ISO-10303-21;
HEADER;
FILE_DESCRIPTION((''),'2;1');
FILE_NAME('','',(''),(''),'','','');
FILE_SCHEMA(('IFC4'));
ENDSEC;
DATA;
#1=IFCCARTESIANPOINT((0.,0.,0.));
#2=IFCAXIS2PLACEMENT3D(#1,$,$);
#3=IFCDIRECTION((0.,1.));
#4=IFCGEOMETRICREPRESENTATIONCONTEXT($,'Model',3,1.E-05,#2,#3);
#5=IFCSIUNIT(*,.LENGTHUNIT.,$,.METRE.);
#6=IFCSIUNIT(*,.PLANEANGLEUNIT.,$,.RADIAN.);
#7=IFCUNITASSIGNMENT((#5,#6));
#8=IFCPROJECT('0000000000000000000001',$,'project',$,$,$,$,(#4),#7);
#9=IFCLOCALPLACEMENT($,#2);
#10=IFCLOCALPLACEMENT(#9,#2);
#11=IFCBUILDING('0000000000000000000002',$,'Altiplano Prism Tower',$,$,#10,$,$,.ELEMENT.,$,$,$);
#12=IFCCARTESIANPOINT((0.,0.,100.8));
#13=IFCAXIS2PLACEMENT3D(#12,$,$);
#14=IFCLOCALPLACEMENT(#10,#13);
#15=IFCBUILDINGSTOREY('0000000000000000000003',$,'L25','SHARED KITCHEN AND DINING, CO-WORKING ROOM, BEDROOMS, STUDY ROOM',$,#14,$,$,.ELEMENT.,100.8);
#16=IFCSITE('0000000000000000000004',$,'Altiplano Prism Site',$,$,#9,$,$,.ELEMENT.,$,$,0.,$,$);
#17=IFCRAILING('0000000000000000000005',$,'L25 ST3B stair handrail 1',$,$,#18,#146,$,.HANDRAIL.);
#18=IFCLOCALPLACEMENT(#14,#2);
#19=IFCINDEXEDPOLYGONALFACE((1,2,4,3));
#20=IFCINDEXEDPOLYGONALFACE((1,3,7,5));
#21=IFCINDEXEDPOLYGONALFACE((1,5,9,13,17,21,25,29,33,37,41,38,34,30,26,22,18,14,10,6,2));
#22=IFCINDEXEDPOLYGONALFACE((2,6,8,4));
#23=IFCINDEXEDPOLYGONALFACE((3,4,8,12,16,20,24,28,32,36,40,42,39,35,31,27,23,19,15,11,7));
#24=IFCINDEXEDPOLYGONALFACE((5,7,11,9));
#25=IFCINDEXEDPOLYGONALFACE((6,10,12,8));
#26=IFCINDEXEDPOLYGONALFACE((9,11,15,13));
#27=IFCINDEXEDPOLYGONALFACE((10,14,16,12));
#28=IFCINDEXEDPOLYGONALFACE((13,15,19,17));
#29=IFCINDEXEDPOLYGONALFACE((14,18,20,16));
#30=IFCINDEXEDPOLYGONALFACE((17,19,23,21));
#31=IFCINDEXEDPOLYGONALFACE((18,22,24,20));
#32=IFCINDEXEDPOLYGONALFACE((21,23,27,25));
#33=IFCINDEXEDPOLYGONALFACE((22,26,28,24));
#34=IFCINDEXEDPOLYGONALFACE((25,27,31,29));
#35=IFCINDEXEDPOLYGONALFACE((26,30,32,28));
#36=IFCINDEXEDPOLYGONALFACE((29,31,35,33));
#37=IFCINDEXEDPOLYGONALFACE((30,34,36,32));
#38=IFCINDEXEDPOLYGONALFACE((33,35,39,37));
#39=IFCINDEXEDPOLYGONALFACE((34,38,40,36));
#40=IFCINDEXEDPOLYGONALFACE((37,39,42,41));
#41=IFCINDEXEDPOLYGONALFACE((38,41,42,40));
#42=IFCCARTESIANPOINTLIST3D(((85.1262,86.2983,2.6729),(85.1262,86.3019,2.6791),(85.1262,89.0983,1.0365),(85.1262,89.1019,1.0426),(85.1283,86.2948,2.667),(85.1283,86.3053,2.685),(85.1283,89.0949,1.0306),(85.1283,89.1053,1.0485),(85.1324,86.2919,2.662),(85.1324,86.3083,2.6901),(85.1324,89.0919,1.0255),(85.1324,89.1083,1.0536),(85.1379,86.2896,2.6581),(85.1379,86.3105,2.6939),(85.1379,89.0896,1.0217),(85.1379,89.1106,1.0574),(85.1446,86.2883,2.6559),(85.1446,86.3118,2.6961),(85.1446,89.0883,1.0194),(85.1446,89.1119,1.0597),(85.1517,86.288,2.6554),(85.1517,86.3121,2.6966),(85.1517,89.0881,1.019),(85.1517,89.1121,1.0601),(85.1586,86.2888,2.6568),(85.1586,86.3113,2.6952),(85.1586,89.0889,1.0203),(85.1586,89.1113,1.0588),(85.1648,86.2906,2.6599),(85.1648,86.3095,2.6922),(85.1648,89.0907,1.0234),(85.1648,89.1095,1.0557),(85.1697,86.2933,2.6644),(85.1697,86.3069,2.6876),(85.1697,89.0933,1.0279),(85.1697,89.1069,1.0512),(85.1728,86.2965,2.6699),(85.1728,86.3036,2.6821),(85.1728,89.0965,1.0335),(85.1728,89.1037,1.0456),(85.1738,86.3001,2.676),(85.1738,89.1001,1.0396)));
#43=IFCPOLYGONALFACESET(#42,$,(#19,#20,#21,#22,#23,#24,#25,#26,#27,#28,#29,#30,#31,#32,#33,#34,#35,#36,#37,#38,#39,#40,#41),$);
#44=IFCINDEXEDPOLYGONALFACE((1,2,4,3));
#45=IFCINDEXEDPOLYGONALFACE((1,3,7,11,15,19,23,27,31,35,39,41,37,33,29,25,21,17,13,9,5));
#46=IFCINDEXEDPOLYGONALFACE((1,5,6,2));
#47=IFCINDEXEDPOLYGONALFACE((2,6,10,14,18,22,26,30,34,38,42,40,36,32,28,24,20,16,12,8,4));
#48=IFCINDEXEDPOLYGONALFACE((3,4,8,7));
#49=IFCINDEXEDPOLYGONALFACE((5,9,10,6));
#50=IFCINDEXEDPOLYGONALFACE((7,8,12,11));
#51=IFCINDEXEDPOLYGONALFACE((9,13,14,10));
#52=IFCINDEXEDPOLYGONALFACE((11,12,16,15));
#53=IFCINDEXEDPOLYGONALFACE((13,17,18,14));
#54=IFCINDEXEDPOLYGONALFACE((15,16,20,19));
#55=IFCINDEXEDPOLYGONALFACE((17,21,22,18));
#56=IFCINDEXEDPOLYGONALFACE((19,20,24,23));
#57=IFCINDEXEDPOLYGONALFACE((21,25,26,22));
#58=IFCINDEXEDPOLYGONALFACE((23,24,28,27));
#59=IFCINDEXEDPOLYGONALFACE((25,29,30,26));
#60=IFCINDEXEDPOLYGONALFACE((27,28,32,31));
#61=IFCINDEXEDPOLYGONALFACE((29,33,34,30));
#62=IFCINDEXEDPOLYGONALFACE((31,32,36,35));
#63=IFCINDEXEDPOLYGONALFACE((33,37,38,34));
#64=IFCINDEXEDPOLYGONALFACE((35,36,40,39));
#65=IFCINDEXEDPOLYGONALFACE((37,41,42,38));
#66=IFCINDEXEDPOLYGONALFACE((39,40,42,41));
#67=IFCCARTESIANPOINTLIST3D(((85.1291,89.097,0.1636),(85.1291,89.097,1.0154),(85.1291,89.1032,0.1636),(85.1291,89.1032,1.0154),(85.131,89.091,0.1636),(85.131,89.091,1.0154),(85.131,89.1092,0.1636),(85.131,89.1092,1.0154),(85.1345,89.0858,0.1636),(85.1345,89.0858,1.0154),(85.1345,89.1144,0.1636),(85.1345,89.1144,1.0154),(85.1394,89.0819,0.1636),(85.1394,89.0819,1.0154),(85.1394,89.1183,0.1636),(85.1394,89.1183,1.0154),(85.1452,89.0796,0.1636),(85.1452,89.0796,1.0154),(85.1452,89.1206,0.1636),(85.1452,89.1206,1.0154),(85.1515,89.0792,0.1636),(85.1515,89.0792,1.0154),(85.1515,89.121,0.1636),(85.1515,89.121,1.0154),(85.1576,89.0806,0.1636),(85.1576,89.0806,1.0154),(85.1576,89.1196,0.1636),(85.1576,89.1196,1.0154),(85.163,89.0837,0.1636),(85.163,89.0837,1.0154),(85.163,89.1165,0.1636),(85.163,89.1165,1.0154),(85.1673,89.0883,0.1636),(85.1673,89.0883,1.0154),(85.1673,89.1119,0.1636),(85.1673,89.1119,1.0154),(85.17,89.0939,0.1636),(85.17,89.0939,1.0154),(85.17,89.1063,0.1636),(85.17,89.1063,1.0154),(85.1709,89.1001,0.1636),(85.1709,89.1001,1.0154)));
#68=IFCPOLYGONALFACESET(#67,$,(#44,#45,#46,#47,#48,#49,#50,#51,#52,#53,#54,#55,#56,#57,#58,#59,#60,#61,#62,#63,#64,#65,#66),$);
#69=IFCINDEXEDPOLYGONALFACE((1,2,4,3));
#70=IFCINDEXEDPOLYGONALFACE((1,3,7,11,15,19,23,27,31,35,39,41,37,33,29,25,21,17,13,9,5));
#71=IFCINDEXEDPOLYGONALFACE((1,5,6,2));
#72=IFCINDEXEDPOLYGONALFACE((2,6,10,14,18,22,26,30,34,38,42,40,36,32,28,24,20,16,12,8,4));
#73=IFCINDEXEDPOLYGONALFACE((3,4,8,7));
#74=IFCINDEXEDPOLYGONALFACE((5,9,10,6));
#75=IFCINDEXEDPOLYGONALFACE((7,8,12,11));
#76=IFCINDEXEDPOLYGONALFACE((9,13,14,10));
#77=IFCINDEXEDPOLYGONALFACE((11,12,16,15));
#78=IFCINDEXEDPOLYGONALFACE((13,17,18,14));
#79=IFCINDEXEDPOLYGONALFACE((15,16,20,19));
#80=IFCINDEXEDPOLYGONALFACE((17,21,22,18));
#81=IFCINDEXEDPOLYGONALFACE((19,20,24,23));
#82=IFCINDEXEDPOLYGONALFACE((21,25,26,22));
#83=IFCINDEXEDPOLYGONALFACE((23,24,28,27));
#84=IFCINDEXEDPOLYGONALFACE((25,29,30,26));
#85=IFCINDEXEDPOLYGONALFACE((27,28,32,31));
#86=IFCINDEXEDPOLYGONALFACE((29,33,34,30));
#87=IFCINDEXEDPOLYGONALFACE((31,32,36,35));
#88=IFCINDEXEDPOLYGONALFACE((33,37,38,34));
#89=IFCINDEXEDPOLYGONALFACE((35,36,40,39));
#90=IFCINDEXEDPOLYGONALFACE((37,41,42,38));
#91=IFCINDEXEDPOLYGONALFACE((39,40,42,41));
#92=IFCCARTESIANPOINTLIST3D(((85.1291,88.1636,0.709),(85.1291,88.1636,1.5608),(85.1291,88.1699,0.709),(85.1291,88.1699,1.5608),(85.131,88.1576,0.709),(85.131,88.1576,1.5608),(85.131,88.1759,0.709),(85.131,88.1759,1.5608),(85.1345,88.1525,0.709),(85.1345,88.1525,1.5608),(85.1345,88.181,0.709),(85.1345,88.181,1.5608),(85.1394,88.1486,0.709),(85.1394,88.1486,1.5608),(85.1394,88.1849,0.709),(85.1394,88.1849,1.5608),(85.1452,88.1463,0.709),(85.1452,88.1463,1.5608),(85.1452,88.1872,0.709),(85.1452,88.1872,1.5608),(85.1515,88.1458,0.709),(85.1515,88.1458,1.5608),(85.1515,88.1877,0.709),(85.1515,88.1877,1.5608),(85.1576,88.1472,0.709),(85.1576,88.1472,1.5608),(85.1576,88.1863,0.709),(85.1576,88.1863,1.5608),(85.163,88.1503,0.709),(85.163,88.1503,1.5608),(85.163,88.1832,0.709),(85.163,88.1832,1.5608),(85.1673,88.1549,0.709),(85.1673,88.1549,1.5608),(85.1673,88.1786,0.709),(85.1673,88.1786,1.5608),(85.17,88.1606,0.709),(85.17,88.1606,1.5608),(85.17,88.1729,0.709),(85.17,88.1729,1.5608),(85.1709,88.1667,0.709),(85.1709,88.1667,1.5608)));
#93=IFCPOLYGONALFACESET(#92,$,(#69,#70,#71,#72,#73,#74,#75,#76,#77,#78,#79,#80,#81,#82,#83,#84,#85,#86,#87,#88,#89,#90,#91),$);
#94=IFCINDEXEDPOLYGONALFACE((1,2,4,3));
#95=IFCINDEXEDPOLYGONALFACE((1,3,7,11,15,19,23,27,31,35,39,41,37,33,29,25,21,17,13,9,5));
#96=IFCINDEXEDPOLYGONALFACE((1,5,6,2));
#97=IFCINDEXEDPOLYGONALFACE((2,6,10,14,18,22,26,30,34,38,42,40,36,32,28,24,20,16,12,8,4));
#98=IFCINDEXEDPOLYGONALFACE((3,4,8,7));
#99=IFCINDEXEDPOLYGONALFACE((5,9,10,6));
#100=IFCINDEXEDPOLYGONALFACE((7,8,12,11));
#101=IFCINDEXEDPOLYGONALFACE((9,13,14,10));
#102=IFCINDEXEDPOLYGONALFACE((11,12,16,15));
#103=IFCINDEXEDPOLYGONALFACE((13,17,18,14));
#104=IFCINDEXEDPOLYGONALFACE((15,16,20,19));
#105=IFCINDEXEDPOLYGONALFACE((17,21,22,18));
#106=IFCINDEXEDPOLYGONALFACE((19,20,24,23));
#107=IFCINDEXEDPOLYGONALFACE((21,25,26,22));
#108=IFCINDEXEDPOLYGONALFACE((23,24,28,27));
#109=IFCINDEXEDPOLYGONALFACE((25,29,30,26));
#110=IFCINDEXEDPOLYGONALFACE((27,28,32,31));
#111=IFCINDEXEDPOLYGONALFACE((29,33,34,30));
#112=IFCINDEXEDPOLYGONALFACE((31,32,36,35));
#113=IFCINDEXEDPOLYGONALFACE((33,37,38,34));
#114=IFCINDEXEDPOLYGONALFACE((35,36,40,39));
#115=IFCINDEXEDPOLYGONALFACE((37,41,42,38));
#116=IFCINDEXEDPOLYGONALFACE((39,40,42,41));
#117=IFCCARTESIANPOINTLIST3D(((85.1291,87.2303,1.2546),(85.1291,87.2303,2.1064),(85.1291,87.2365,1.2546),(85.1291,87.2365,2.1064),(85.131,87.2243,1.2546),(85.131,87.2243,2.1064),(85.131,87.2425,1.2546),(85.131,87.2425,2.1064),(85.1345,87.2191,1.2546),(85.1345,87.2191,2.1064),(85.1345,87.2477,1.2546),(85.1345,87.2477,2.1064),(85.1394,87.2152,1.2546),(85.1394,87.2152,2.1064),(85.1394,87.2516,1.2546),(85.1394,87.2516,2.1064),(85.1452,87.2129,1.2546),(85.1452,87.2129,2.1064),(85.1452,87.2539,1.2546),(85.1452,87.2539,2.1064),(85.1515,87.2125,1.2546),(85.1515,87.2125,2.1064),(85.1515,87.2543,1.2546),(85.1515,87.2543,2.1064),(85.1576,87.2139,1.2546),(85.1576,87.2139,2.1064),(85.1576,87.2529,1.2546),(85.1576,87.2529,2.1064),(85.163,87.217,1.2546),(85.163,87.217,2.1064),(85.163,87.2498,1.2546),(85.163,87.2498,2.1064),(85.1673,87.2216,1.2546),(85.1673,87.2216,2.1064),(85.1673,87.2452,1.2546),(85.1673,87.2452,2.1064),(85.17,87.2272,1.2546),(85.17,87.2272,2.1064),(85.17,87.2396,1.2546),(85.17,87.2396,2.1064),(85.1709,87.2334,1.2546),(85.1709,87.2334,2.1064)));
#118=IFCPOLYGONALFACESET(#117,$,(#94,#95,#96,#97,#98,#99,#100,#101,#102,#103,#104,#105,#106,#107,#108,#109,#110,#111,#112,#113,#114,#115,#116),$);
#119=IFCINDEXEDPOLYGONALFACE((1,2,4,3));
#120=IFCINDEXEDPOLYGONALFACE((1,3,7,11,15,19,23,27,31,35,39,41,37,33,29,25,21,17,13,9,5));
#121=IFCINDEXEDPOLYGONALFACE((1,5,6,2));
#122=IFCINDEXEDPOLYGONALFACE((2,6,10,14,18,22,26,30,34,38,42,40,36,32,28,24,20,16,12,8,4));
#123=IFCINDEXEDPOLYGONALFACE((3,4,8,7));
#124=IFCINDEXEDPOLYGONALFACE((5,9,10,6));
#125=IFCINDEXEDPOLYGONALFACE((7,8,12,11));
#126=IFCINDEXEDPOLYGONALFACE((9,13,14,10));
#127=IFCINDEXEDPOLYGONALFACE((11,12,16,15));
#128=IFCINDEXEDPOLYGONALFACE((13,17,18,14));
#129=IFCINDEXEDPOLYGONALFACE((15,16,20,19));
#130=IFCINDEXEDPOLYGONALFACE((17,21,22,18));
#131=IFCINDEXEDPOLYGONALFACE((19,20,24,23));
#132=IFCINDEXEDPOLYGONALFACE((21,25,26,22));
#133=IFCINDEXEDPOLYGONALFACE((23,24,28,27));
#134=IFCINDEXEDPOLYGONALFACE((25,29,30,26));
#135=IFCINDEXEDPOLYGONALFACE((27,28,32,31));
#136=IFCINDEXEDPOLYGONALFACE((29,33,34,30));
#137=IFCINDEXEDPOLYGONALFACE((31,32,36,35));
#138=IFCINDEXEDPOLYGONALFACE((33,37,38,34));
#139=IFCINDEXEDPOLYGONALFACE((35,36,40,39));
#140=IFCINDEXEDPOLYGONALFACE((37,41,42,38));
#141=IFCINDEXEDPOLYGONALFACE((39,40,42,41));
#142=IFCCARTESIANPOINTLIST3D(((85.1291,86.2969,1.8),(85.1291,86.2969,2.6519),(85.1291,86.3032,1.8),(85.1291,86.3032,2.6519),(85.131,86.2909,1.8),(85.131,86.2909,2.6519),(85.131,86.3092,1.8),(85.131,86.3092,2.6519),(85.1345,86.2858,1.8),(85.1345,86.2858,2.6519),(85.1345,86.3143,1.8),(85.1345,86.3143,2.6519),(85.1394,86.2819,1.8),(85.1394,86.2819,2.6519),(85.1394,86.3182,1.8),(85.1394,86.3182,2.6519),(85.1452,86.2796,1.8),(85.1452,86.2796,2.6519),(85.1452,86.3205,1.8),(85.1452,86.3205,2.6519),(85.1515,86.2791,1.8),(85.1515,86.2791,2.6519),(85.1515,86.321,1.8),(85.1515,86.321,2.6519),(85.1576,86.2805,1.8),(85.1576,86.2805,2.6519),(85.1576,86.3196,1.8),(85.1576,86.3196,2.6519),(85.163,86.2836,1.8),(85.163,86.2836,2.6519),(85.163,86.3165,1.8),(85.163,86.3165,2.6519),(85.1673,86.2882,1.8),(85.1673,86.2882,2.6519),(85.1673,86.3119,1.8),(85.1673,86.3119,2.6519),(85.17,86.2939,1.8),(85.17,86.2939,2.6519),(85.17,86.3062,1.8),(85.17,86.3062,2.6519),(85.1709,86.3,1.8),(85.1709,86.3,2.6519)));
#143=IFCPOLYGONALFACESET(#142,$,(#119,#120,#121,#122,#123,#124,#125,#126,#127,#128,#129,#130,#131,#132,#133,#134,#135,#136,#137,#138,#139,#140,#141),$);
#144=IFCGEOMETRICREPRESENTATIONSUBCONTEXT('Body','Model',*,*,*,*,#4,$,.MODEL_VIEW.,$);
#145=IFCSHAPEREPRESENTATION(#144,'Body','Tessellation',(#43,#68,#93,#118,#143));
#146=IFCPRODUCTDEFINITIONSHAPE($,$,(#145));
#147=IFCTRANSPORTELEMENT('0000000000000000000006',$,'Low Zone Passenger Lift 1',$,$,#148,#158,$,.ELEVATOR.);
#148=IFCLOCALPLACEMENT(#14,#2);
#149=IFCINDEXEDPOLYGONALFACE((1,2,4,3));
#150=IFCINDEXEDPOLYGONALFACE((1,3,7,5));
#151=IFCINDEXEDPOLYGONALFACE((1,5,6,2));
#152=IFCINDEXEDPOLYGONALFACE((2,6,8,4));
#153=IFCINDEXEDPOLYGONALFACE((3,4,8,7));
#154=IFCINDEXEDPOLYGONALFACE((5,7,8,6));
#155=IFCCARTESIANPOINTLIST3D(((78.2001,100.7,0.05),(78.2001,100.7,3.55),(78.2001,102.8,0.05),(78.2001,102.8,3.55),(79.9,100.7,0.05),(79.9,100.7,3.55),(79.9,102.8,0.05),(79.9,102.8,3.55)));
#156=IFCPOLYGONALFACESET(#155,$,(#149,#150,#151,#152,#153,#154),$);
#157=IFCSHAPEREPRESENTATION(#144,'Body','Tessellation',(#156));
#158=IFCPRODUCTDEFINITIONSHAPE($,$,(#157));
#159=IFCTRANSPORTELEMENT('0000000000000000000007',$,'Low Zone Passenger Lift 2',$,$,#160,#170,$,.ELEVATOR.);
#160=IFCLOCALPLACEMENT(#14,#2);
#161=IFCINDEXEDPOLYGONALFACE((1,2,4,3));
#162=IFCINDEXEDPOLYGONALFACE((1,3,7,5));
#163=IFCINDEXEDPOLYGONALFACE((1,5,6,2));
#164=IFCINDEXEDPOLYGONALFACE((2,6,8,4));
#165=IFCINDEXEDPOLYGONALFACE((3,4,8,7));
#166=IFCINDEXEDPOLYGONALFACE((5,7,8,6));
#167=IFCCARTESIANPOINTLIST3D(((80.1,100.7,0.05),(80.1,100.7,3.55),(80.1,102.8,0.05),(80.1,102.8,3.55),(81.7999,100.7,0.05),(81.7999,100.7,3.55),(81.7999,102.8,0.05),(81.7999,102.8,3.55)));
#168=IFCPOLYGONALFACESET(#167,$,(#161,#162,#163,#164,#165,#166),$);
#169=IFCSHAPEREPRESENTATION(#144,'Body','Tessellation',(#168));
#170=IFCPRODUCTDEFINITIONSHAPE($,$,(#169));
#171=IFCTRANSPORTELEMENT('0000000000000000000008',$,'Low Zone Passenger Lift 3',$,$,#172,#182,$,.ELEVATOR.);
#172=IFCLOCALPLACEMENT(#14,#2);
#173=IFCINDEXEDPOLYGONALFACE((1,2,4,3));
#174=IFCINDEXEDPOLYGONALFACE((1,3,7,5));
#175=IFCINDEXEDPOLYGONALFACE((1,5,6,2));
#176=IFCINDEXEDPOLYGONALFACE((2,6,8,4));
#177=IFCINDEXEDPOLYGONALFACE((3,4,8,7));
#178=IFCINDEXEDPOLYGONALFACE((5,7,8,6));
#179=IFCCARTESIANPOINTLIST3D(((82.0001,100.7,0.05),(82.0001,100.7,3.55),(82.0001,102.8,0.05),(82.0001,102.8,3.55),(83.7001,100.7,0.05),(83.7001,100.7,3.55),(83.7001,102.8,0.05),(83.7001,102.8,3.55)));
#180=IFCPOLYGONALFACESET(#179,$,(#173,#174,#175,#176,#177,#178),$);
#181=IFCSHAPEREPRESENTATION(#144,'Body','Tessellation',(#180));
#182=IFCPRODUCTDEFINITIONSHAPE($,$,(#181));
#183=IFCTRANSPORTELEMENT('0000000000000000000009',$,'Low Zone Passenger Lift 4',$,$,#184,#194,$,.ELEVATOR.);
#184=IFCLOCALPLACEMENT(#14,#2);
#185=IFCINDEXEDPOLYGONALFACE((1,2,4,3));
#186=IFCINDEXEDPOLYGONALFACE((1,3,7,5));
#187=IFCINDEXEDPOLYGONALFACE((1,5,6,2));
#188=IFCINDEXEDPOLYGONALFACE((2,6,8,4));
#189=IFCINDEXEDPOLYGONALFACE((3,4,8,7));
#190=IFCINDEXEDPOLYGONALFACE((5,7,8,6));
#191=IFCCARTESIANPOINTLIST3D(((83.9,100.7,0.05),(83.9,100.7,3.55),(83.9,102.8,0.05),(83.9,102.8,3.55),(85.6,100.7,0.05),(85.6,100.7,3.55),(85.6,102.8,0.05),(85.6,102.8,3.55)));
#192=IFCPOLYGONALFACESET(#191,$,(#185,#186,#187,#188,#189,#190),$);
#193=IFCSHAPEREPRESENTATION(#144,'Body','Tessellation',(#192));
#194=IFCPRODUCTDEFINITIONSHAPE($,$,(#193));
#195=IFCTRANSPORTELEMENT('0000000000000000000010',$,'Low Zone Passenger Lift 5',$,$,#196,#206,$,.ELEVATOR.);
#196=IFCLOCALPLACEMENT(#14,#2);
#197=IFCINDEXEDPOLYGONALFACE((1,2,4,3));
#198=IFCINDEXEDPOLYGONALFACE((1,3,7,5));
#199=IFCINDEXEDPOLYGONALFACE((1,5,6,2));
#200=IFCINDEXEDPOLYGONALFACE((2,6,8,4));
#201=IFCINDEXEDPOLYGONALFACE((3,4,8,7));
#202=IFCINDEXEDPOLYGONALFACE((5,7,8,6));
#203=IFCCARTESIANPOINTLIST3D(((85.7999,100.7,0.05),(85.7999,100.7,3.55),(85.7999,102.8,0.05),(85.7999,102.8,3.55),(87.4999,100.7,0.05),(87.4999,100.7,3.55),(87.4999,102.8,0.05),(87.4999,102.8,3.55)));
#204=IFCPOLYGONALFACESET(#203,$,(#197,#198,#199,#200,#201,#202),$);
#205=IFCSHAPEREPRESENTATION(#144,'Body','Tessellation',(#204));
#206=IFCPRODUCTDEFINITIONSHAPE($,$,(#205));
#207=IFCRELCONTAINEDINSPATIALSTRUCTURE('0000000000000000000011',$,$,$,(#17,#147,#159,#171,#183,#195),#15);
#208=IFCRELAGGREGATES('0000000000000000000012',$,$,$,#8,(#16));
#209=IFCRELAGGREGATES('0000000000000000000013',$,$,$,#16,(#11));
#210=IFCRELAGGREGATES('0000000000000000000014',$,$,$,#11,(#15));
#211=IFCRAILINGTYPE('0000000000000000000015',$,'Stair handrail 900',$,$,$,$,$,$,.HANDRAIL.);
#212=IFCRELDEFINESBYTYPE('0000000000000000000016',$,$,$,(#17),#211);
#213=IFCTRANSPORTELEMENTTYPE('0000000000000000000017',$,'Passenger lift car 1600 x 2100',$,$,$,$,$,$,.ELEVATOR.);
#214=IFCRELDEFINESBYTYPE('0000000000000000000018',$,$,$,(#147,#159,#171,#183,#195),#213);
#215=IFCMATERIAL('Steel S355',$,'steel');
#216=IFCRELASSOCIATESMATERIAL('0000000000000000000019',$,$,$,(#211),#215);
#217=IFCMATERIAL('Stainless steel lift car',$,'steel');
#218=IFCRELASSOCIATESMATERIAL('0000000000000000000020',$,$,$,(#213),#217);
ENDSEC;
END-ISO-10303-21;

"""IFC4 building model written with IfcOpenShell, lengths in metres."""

from ifc_helpers import new_model, si_unit, direction, frame, origin, origin_2d, place, context, subcontext, project, spatial, rectangle, circle, extrude, material, type_object, element, save


model = new_model("IFC4")

# Units and contexts
model_context = context("Model", 3, precision=1e-05, world=origin(), true_north=direction((0.0, 1.0)))
body_context = subcontext(model_context, "Body", "Model", "MODEL_VIEW")
ifc_project = project(units=[si_unit("LENGTHUNIT", "METRE"), si_unit("PLANEANGLEUNIT", "RADIAN")], contexts=[model_context])

# Site, building, storey
site_placement = place(None, origin())
site = spatial("IfcSite", under=ifc_project, at=site_placement, Name="Altiplano Prism Site", CompositionType="ELEMENT", RefElevation=0.0)
building_placement = place(site_placement, origin())
building = spatial("IfcBuilding", under=site, at=building_placement, Name="Altiplano Prism Tower", CompositionType="ELEMENT")
storey_placement = place(building_placement, frame((0.0, 0.0, 100.8)))
storey = spatial("IfcBuildingStorey", under=building, at=storey_placement, Name="L25", Description="SHARED KITCHEN AND DINING, CO-WORKING ROOM, BEDROOMS, STUDY ROOM", CompositionType="ELEMENT", Elevation=100.8)

# Shared definitions
ifc_material_1 = material(Name="Steel S355", Category="steel")

# Railing
railing_type_1 = type_object("IfcRailingType", Name="Stair handrail 900", PredefinedType="HANDRAIL", material=ifc_material_1)
for number, where, name in (
    (1, (85.1499, 89.1001, 0.1636), "L25 ST3B stair handrail 1"),
):
    element("IfcRailing", number, at=place(storey_placement, frame(where)), inside=storey, type_object=railing_type_1, Name=name, PredefinedType="HANDRAIL", context=body_context, shape_type="SweptSolid", body=[
        extrude(circle(Radius=0.0239, at=origin_2d()), frame((0.0, 0.0, 0.876), z_axis=(0.0, -0.863361, 0.504587), x_axis=(1.0, 0.0, 0.0)), (0.0, 0.0, 1.0), 3.2432),
        extrude(circle(Radius=0.021, at=origin_2d()), origin(), (0.0, 0.0, 1.0), 0.8518),
        extrude(circle(Radius=0.021, at=origin_2d()), frame((0.0, -0.9333, 0.5454)), (0.0, 0.0, 1.0), 0.8518),
        extrude(circle(Radius=0.021, at=origin_2d()), frame((0.0, -1.8667, 1.0911)), (0.0, 0.0, 1.0), 0.8518),
        extrude(circle(Radius=0.021, at=origin_2d()), frame((0.0, -2.8, 1.6365)), (0.0, 0.0, 1.0), 0.8518),
    ])

# Transport elements
ifc_material_2 = material(Name="Stainless steel lift car", Category="steel")
transport_element_type = type_object("IfcTransportElementType", Name="Passenger lift car 1600 x 2100", PredefinedType="ELEVATOR", material=ifc_material_2)
for number, where, z_axis, x_axis, name in (
    (2, (79.05, 101.75, 0.05), (0.0, 0.0, 1.0), (1.0, 0.0, 0.0), "Low Zone Passenger Lift 1"),
    (3, (80.95, 101.75, 0.05), (0.0, 0.0, 1.0), (1.0, 0.0, 0.0), "Low Zone Passenger Lift 2"),
    (4, (82.8501, 101.75, 0.05), (0.0, 0.0, 1.0), (1.0, 0.0, 0.0), "Low Zone Passenger Lift 3"),
    (5, (84.75, 101.75, 0.05), (0.0, 0.0, 1.0), (1.0, 0.0, 0.0), "Low Zone Passenger Lift 4"),
    (6, (86.6499, 101.75, 0.05), (0.0, 0.0, 1.0), (1.0, 0.0, 0.0), "Low Zone Passenger Lift 5"),
):
    element("IfcTransportElement", number, at=place(storey_placement, frame(where, z_axis=z_axis, x_axis=x_axis)), inside=storey, type_object=transport_element_type, Name=name, PredefinedType="ELEVATOR", context=body_context, shape_type="SweptSolid", body=[
        extrude(rectangle(XDim=1.7, YDim=2.1001, at=origin_2d()), origin(), (0.0, 0.0, 1.0), 3.5),
    ])

save(model, "model.ifc")
